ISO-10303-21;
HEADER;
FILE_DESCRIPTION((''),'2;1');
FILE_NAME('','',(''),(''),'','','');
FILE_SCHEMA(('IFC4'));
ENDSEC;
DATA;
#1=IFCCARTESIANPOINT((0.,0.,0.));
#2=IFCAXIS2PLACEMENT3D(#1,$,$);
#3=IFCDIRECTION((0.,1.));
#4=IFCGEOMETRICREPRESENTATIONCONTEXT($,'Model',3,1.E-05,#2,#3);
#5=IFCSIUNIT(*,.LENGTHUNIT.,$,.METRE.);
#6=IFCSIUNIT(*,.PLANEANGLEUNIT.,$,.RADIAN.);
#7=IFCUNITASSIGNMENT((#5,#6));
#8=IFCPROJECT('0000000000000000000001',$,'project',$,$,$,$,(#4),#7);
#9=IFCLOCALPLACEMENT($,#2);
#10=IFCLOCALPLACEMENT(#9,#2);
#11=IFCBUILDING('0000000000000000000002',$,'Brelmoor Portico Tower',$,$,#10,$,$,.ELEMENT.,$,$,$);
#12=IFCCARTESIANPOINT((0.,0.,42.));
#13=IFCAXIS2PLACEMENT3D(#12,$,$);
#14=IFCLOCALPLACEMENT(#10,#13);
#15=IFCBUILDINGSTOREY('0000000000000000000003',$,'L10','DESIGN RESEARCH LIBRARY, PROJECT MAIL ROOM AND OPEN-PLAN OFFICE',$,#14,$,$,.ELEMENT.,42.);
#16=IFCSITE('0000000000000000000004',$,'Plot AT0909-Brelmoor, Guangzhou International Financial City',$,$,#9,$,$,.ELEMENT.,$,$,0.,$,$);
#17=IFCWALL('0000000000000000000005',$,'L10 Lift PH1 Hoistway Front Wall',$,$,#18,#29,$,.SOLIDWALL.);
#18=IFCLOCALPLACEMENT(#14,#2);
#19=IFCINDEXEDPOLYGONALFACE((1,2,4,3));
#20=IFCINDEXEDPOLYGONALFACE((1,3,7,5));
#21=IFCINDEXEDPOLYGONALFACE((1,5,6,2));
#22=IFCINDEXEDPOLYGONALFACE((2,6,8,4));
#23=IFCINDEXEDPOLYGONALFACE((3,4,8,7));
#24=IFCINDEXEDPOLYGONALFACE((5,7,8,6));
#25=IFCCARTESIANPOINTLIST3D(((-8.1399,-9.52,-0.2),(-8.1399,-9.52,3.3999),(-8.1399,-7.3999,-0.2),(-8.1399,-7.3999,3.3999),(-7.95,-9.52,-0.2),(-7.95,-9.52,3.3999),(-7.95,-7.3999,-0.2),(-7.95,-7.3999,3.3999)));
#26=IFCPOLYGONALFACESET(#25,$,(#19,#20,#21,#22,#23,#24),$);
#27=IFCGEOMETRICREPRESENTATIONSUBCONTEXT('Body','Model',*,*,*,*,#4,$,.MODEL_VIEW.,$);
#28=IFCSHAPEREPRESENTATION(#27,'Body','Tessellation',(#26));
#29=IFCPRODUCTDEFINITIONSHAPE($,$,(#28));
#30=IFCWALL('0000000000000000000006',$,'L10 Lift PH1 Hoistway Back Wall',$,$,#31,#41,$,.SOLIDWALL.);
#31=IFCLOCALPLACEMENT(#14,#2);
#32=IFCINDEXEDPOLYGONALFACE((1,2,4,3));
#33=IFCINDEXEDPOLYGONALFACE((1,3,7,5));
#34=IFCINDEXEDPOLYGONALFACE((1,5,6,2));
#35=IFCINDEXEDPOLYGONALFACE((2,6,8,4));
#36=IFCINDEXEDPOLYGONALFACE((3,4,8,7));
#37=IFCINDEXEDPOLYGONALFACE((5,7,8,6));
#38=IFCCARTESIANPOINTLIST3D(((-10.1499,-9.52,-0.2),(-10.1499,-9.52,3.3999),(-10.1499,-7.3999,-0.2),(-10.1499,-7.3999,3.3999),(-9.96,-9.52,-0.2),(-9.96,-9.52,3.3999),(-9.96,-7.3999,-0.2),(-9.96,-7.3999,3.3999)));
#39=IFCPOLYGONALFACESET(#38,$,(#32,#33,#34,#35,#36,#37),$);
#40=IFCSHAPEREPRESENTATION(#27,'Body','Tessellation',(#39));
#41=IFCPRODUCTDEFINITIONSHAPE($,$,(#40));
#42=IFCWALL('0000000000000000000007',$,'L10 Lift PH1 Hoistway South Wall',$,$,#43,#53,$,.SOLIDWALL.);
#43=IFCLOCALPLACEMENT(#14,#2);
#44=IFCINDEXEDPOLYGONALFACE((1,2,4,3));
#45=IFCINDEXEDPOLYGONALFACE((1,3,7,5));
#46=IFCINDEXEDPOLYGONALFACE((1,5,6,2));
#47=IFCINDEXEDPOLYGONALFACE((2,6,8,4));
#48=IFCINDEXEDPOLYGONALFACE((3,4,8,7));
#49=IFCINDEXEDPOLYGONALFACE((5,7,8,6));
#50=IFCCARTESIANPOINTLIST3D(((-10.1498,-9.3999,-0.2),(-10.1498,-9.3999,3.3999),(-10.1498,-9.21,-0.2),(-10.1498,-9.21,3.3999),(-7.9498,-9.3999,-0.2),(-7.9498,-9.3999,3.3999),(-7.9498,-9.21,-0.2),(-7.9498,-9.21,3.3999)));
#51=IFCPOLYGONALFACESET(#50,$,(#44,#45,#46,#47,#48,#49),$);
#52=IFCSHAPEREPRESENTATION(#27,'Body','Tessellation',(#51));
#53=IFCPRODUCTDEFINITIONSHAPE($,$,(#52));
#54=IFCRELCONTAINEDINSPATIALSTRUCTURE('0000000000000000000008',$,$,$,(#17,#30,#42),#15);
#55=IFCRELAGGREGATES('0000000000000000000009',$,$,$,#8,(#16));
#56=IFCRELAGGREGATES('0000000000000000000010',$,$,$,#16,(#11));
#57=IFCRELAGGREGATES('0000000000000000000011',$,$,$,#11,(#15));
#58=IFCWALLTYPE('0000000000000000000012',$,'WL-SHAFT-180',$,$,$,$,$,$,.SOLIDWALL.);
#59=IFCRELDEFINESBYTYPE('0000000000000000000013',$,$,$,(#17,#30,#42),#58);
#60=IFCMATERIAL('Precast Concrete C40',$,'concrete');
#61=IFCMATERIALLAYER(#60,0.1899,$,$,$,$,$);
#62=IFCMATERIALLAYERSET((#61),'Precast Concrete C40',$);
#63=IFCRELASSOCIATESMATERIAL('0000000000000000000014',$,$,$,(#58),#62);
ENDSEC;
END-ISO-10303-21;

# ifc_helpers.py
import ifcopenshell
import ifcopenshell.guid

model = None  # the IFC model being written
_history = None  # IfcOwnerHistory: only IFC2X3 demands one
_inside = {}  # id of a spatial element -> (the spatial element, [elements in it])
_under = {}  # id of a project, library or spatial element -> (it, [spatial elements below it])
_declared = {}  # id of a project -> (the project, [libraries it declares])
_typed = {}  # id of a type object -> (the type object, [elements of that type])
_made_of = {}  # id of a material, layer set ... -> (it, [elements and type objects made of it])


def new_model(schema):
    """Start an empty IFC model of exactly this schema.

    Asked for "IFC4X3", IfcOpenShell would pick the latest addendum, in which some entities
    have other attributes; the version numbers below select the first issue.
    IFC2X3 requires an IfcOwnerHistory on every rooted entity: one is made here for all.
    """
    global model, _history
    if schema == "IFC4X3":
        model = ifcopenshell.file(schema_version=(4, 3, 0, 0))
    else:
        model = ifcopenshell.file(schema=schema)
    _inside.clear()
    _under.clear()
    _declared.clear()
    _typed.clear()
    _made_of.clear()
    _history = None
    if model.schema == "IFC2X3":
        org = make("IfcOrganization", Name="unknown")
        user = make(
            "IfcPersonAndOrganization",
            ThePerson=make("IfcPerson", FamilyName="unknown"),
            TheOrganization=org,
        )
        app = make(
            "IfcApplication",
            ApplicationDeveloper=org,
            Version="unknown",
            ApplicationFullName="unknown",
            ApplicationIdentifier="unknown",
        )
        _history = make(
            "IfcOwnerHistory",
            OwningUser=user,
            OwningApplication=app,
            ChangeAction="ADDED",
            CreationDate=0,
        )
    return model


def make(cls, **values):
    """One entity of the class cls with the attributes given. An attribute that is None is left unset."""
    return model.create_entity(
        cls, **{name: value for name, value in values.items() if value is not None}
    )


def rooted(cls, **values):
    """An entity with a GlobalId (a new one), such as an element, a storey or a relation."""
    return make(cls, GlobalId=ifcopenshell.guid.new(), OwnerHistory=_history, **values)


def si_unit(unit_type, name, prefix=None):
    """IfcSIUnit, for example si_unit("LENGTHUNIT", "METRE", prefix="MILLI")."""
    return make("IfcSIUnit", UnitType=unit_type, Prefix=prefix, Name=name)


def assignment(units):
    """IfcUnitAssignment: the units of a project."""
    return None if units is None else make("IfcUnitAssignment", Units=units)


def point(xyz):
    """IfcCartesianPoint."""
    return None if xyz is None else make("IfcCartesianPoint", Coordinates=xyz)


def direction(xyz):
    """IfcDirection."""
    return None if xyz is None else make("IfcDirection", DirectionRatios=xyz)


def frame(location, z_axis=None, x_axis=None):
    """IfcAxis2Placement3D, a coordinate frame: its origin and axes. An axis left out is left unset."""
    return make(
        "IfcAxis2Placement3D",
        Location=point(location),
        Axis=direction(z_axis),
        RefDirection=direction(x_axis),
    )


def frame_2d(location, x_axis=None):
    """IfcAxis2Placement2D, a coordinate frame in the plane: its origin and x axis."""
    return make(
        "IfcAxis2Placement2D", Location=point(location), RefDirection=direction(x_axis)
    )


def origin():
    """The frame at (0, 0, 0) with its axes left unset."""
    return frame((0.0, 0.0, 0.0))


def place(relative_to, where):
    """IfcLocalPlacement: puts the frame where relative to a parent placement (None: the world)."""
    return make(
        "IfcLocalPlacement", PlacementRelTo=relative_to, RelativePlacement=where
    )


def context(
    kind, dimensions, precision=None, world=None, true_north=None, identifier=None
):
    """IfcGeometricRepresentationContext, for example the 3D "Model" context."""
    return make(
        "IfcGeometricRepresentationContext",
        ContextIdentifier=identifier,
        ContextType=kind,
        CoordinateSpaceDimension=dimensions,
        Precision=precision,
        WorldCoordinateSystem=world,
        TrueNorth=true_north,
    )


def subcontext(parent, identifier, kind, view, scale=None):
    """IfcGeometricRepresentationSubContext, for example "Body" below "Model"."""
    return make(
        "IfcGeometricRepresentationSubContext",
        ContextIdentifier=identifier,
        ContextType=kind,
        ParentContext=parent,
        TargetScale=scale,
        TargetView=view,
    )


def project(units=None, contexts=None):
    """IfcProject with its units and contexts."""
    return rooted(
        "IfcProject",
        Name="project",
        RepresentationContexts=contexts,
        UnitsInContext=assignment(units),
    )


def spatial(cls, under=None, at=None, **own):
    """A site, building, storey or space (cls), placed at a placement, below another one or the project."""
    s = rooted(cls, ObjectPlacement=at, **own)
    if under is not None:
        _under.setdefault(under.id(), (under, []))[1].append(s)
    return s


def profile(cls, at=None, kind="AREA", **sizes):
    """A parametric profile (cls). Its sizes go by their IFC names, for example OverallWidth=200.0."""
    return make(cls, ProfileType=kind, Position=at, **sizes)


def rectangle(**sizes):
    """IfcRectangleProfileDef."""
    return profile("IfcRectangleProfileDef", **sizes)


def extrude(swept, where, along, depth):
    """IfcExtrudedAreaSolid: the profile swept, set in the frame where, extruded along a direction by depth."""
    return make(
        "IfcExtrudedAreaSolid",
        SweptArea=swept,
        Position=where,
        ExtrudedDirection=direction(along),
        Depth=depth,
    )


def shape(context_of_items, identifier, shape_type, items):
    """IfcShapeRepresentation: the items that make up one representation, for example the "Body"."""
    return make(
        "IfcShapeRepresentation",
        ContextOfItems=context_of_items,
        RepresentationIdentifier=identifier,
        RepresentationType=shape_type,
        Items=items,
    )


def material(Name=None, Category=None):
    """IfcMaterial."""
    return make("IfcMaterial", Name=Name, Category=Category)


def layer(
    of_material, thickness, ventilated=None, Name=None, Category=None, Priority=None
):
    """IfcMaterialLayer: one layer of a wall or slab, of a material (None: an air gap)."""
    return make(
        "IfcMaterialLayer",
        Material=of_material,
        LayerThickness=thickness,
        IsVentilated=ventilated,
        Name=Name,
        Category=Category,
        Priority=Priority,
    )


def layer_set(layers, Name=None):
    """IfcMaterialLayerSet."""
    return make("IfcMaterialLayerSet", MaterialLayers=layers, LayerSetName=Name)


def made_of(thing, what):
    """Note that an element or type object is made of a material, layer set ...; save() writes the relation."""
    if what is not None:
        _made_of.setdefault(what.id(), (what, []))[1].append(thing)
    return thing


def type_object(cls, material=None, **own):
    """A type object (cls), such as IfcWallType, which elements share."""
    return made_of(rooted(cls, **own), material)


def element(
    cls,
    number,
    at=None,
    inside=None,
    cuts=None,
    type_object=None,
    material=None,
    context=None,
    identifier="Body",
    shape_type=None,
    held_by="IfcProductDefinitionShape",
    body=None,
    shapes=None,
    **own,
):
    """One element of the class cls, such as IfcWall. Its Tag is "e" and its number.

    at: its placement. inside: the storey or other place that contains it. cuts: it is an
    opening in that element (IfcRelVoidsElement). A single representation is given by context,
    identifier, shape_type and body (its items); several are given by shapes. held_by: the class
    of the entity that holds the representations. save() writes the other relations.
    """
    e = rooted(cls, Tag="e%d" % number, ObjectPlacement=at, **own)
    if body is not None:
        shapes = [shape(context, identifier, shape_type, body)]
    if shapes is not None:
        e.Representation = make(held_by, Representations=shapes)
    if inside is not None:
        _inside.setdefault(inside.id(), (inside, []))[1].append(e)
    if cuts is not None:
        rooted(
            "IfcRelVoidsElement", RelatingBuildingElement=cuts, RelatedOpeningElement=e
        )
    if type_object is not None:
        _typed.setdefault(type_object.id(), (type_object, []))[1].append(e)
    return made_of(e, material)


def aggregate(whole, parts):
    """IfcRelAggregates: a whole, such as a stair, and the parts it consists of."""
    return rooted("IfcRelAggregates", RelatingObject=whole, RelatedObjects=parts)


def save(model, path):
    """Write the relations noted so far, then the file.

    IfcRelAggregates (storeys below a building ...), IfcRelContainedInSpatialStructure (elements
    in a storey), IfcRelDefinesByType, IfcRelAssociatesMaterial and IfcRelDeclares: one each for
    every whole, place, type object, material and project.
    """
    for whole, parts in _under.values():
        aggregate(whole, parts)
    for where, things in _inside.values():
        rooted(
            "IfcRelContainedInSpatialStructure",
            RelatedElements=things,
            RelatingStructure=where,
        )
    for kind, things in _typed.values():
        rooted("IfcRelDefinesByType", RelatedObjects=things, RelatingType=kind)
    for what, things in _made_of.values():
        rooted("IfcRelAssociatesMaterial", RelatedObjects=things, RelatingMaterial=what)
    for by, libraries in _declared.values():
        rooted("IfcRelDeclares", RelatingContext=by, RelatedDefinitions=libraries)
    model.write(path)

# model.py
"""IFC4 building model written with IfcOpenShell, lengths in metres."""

from ifc_helpers import new_model, si_unit, direction, frame, frame_2d, origin, place, context, subcontext, project, spatial, rectangle, extrude, material, layer, layer_set, type_object, element, save


model = new_model("IFC4")

# Units and contexts
model_context = context("Model", 3, precision=1e-05, world=origin(), true_north=direction((0.0, 1.0)))
body_context = subcontext(model_context, "Body", "Model", "MODEL_VIEW")
ifc_project = project(units=[si_unit("LENGTHUNIT", "METRE"), si_unit("PLANEANGLEUNIT", "RADIAN")], contexts=[model_context])

# Site, building, storey
site_placement = place(None, origin())
site = spatial("IfcSite", under=ifc_project, at=site_placement, Name="Plot AT0909-Brelmoor, Guangzhou International Financial City", CompositionType="ELEMENT", RefElevation=0.0)
building_placement = place(site_placement, origin())
building = spatial("IfcBuilding", under=site, at=building_placement, Name="Brelmoor Portico Tower", CompositionType="ELEMENT")
storey_placement = place(building_placement, frame((0.0, 0.0, 42.0)))
storey = spatial("IfcBuildingStorey", under=building, at=storey_placement, Name="L10", Description="DESIGN RESEARCH LIBRARY, PROJECT MAIL ROOM AND OPEN-PLAN OFFICE", CompositionType="ELEMENT", Elevation=42.0)

# Walls
ifc_material_1 = material(Name="Precast Concrete C40", Category="concrete")
ifc_layer_1 = layer(ifc_material_1, 0.1899)
ifc_layer_set_1 = layer_set([ifc_layer_1], Name="Precast Concrete C40")
wall_type_1 = type_object("IfcWallType", Name="WL-SHAFT-180", PredefinedType="SOLIDWALL", material=ifc_layer_set_1)
for number, where, z_axis, x_axis, name in (
    (1, (-8.0449, -9.52, -0.2), (0.0, 0.0, 1.0), (0.0, 1.0, 0.0), "L10 Lift PH1 Hoistway Front Wall"),
    (2, (-10.0549, -9.52, -0.2), (0.0, 0.0, 1.0), (0.0, 1.0, 0.0), "L10 Lift PH1 Hoistway Back Wall"),
):
    element("IfcWall", number, at=place(storey_placement, frame(where, z_axis=z_axis, x_axis=x_axis)), inside=storey, type_object=wall_type_1, Name=name, PredefinedType="SOLIDWALL", context=body_context, shape_type="SweptSolid", body=[
        extrude(rectangle(XDim=2.1201, YDim=0.1899, at=frame_2d((1.0601, 0.0))), origin(), (0.0, 0.0, 1.0), 3.5999),
    ])
wall_1_placement = place(storey_placement, frame((-10.1499, -9.3049, -0.2), z_axis=(0.0, 0.0, 1.0), x_axis=(1.0, 0.0, 0.0)))
element("IfcWall", 3, at=wall_1_placement, inside=storey, type_object=wall_type_1, Name="L10 Lift PH1 Hoistway South Wall", PredefinedType="SOLIDWALL", context=body_context, shape_type="SweptSolid", body=[
    extrude(rectangle(XDim=2.2, YDim=0.1899, at=frame_2d((1.1001, 0.0))), origin(), (0.0, 0.0, 1.0), 3.5999),
])

save(model, "model.ifc")
